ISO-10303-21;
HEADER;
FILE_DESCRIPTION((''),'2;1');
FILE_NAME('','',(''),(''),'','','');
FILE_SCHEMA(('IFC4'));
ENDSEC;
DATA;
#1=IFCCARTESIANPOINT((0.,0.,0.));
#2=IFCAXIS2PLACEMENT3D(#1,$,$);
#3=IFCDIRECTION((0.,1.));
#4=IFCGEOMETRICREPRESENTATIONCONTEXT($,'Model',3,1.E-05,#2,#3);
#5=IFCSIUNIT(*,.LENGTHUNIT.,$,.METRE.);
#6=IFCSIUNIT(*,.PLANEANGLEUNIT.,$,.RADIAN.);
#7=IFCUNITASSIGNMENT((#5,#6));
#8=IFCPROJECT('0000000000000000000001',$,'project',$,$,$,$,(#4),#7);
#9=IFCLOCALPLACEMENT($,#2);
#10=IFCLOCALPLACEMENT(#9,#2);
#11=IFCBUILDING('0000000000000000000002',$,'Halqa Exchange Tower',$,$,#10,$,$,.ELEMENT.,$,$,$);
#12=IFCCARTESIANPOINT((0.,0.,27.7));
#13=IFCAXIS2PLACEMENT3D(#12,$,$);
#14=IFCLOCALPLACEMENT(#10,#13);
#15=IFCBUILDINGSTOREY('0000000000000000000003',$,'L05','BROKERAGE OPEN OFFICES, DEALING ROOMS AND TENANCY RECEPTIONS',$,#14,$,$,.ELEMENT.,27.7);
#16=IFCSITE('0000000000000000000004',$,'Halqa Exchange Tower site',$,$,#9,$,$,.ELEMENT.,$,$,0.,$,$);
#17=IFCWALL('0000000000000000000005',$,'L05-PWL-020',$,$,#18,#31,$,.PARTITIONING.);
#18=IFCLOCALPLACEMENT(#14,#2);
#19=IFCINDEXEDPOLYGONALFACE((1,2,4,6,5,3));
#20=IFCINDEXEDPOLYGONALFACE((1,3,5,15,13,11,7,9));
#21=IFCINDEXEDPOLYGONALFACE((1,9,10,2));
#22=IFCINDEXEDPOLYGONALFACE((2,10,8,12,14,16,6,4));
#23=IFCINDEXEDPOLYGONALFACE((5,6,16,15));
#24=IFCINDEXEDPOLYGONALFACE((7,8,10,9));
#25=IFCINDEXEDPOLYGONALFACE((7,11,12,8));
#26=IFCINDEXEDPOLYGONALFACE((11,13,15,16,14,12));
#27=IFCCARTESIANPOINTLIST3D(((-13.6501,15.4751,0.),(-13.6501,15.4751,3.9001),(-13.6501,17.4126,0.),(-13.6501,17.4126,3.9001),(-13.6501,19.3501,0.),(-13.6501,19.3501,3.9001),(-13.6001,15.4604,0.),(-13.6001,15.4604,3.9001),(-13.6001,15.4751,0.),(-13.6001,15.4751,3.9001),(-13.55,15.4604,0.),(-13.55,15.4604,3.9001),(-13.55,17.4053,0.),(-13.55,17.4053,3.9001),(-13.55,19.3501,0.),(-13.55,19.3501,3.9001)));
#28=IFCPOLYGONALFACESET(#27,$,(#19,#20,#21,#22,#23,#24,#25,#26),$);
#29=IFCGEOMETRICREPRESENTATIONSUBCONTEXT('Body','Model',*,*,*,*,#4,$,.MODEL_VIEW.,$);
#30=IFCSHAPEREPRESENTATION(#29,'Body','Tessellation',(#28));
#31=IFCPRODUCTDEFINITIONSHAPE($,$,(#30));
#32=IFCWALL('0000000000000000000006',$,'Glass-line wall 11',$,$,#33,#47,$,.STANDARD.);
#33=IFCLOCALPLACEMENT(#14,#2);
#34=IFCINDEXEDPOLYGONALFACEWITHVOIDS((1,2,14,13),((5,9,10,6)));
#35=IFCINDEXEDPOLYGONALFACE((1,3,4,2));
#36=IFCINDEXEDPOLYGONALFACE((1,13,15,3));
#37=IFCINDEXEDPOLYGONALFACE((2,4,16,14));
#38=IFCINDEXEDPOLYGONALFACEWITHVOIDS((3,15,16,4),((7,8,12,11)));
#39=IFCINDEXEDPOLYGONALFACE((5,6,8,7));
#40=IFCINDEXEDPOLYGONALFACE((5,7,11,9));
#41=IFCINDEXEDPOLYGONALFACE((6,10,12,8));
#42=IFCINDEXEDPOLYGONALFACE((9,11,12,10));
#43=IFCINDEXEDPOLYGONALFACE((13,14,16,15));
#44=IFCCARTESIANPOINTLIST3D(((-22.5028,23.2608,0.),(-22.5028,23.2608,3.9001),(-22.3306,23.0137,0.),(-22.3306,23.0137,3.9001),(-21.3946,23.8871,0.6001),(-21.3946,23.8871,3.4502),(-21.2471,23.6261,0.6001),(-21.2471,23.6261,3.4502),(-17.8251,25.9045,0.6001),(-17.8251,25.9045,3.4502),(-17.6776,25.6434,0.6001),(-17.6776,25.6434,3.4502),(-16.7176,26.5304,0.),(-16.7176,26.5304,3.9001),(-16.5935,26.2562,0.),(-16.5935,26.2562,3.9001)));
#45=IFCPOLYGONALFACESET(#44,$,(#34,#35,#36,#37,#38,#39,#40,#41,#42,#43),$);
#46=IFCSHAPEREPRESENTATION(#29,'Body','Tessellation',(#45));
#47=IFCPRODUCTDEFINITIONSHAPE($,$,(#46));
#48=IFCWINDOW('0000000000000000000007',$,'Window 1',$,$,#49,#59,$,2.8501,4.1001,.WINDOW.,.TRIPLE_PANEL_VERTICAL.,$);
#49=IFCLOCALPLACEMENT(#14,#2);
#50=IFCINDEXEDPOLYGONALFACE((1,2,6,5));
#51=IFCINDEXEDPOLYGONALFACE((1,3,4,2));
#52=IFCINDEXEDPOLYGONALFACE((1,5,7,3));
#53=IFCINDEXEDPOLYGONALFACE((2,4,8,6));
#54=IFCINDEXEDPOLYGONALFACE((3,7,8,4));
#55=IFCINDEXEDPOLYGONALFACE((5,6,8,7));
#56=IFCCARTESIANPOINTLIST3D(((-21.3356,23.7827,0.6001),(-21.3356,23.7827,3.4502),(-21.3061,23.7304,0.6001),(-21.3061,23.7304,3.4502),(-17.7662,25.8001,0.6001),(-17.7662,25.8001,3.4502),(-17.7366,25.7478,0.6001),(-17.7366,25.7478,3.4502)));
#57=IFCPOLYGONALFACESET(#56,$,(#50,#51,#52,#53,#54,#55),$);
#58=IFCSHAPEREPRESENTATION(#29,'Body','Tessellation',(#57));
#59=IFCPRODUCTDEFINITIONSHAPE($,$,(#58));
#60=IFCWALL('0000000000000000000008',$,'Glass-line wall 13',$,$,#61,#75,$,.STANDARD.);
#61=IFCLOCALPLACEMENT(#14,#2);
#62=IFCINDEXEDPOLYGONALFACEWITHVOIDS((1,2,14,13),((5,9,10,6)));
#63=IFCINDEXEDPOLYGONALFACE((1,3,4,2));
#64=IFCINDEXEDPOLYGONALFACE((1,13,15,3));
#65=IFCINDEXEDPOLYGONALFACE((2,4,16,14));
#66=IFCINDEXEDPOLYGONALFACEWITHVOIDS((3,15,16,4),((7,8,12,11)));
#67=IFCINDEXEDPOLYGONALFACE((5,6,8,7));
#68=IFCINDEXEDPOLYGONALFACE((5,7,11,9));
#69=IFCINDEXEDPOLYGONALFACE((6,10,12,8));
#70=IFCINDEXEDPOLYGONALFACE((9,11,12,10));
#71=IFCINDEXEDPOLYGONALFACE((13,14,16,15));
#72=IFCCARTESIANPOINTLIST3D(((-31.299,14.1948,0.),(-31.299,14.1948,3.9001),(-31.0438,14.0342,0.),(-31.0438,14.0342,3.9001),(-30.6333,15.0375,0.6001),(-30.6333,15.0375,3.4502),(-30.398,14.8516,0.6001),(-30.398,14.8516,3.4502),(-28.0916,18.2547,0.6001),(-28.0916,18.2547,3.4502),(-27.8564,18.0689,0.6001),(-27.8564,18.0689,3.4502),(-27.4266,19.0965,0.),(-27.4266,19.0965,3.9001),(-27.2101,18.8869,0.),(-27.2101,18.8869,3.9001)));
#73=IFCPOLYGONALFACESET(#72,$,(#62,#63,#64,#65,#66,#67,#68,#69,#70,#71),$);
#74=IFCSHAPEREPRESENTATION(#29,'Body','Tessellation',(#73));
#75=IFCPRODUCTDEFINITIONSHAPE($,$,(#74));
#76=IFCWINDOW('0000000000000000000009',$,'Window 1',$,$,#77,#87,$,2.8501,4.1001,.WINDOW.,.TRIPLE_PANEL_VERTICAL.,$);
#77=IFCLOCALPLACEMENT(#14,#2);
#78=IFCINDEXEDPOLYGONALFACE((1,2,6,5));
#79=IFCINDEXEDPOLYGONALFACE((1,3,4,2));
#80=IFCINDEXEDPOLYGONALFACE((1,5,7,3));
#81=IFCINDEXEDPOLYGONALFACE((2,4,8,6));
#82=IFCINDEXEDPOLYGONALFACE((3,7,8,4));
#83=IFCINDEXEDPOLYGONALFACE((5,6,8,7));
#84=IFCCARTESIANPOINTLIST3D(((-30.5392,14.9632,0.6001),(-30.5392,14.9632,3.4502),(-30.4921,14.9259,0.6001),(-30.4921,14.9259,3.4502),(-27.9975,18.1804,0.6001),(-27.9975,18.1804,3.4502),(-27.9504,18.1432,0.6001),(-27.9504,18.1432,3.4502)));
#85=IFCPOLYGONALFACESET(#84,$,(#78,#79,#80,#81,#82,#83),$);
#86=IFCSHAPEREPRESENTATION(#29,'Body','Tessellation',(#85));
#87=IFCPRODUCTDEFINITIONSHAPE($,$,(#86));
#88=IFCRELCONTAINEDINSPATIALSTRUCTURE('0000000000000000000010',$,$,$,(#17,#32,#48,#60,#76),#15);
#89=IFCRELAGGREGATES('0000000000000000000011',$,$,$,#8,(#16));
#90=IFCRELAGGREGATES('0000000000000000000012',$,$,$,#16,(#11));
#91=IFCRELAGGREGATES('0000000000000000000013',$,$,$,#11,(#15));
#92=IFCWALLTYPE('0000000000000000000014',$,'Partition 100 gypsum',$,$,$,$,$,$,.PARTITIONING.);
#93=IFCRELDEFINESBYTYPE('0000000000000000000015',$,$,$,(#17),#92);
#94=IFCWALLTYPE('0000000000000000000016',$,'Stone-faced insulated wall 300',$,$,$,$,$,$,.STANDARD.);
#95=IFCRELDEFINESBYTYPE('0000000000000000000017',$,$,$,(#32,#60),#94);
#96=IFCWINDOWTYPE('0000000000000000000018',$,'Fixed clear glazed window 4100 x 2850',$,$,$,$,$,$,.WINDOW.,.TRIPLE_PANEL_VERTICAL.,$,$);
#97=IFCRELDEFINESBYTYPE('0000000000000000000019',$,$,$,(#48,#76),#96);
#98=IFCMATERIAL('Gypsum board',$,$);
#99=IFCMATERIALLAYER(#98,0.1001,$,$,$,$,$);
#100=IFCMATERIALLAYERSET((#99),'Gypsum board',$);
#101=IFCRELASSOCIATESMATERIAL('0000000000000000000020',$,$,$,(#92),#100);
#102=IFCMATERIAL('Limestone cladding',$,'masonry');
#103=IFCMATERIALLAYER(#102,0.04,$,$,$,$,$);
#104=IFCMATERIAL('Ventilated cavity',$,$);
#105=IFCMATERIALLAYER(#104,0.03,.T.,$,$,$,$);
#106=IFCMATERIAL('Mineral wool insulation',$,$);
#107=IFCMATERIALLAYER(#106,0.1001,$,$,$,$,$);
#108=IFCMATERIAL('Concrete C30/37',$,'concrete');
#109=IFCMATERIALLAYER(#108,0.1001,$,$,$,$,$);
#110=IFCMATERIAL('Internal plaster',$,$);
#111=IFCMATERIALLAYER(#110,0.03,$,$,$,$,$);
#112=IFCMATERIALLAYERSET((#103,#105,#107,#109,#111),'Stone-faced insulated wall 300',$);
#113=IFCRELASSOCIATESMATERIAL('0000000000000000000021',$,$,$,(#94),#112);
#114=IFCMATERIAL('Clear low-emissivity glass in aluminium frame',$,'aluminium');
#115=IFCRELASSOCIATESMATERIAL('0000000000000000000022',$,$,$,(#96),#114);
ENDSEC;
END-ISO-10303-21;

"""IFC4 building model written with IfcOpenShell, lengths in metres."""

from ifc_helpers import new_model, si_unit, direction, frame, frame_2d, origin, place, context, subcontext, project, spatial, polyline, rectangle, outline, extrude, material, layer, layer_set, type_object, element, fill, save


model = new_model("IFC4")

# Units and contexts
model_context = context("Model", 3, precision=1e-05, world=origin(), true_north=direction((0.0, 1.0)))
body_context = subcontext(model_context, "Body", "Model", "MODEL_VIEW")
ifc_project = project(units=[si_unit("LENGTHUNIT", "METRE"), si_unit("PLANEANGLEUNIT", "RADIAN")], contexts=[model_context])

# Site, building, storey
site_placement = place(None, origin())
site = spatial("IfcSite", under=ifc_project, at=site_placement, Name="Halqa Exchange Tower site", CompositionType="ELEMENT", RefElevation=0.0)
building_placement = place(site_placement, origin())
building = spatial("IfcBuilding", under=site, at=building_placement, Name="Halqa Exchange Tower", CompositionType="ELEMENT")
storey_placement = place(building_placement, frame((0.0, 0.0, 27.7)))
storey = spatial("IfcBuildingStorey", under=building, at=storey_placement, Name="L05", Description="BROKERAGE OPEN OFFICES, DEALING ROOMS AND TENANCY RECEPTIONS", CompositionType="ELEMENT", Elevation=27.7)

# Wall
ifc_material_1 = material(Name="Gypsum board")
ifc_layer_1 = layer(ifc_material_1, 0.1001)
ifc_layer_set_1 = layer_set([ifc_layer_1], Name="Gypsum board")
wall_type_1 = type_object("IfcWallType", Name="Partition 100 gypsum", PredefinedType="PARTITIONING", material=ifc_layer_set_1)
wall_1_placement = place(storey_placement, frame((-13.6001, 19.3501, 0.0), z_axis=(0.0, 0.0, 1.0), x_axis=(0.0, -1.0, 0.0)))
element("IfcWall", 1, at=wall_1_placement, inside=storey, type_object=wall_type_1, Name="L05-PWL-020", PredefinedType="PARTITIONING", context=body_context, shape_type="SweptSolid", body=[
    extrude(outline(polyline([(0.0, -0.05), (1.9375, -0.05), (3.875, -0.05), (3.875, 0.0), (3.8896, 0.0), (3.8896, 0.05), (1.9448, 0.05), (0.0, 0.05), (0.0, -0.05)])), origin(), (0.0, 0.0, 1.0), 3.9001),
])

# Wall, opening, window
ifc_material_2 = material(Name="Limestone cladding", Category="masonry")
ifc_layer_2 = layer(ifc_material_2, 0.04)
ifc_material_3 = material(Name="Ventilated cavity")
ifc_layer_3 = layer(ifc_material_3, 0.03, ventilated=True)
ifc_material_4 = material(Name="Mineral wool insulation")
ifc_layer_4 = layer(ifc_material_4, 0.1001)
ifc_material_5 = material(Name="Concrete C30/37", Category="concrete")
ifc_layer_5 = layer(ifc_material_5, 0.1001)
ifc_material_6 = material(Name="Internal plaster")
ifc_layer_6 = layer(ifc_material_6, 0.03)
ifc_layer_set_2 = layer_set([ifc_layer_2, ifc_layer_3, ifc_layer_4, ifc_layer_5, ifc_layer_6], Name="Stone-faced insulated wall 300")
wall_type_2 = type_object("IfcWallType", Name="Stone-faced insulated wall 300", PredefinedType="STANDARD", material=ifc_layer_set_2)
wall_2_placement = place(storey_placement, frame((-16.6555, 26.3933, 0.0), z_axis=(0.0, 0.0, 1.0), x_axis=(-0.870579, -0.492029, 0.0)))
wall_2 = element("IfcWall", 2, at=wall_2_placement, inside=storey, type_object=wall_type_2, Name="Glass-line wall 11", PredefinedType="STANDARD", context=body_context, shape_type="SweptSolid", body=[
    extrude(outline(polyline([(-0.0134, -0.1499), (6.6318, -0.1499), (6.6035, 0.1499), (0.0134, 0.1499), (-0.0134, -0.1499)])), origin(), (0.0, 0.0, 1.0), 3.9001),
])
opening_1_placement = place(wall_2_placement, frame((1.2588, 0.0, 0.6001)))
opening_1 = element("IfcOpeningElement", 3, at=opening_1_placement, cuts=wall_2, PredefinedType="OPENING", context=body_context, shape_type="SweptSolid", body=[
    extrude(rectangle(XDim=4.1001, YDim=2.8501, at=frame_2d((2.05, 1.425))), frame((0.0, 0.1621, 0.0), z_axis=(0.0, -1.0, 0.0), x_axis=(1.0, 0.0, 0.0)), (0.0, 0.0, 1.0), 0.324),
])
ifc_material_7 = material(Name="Clear low-emissivity glass in aluminium frame", Category="aluminium")
window_type = type_object("IfcWindowType", Name="Fixed clear glazed window 4100 x 2850", PartitioningType="TRIPLE_PANEL_VERTICAL", PredefinedType="WINDOW", material=ifc_material_7)
window_1_placement = place(opening_1_placement, origin())
window_1 = element("IfcWindow", 4, at=window_1_placement, inside=storey, type_object=window_type, Name="Window 1", OverallHeight=2.8501, OverallWidth=4.1001, PartitioningType="TRIPLE_PANEL_VERTICAL", PredefinedType="WINDOW", context=body_context, shape_type="SweptSolid", body=[
    extrude(rectangle(XDim=4.1001, YDim=2.8501, at=frame_2d((2.05, 1.425))), frame((0.0, 0.03, 0.0), z_axis=(0.0, -1.0, 0.0), x_axis=(1.0, 0.0, 0.0)), (0.0, 0.0, 1.0), 0.0601),
])
fill(opening_1, window_1)

# Wall, opening, window
wall_3_placement = place(storey_placement, frame((-27.3184, 18.9917, 0.0), z_axis=(0.0, 0.0, 1.0), x_axis=(-0.619903, -0.784679, 0.0)))
wall_3 = element("IfcWall", 5, at=wall_3_placement, inside=storey, type_object=wall_type_2, Name="Glass-line wall 13", PredefinedType="STANDARD", context=body_context, shape_type="SweptSolid", body=[
    extrude(outline(polyline([(-0.0151, -0.1499), (6.2317, -0.1499), (6.1995, 0.1499), (0.0151, 0.1499), (-0.0151, -0.1499)])), origin(), (0.0, 0.0, 1.0), 3.9001),
])
opening_2_placement = place(wall_3_placement, frame((1.0576, 0.0, 0.6001)))
opening_2 = element("IfcOpeningElement", 6, at=opening_2_placement, cuts=wall_3, PredefinedType="OPENING", context=body_context, shape_type="SweptSolid", body=[
    extrude(rectangle(XDim=4.1001, YDim=2.8501, at=frame_2d((2.05, 1.425))), frame((0.0, 0.1621, 0.0), z_axis=(0.0, -1.0, 0.0), x_axis=(1.0, 0.0, 0.0)), (0.0, 0.0, 1.0), 0.324),
])
window_2_placement = place(opening_2_placement, origin())
window_2 = element("IfcWindow", 7, at=window_2_placement, inside=storey, type_object=window_type, Name="Window 1", OverallHeight=2.8501, OverallWidth=4.1001, PartitioningType="TRIPLE_PANEL_VERTICAL", PredefinedType="WINDOW", context=body_context, shape_type="SweptSolid", body=[
    extrude(rectangle(XDim=4.1001, YDim=2.8501, at=frame_2d((2.05, 1.425))), frame((0.0, 0.03, 0.0), z_axis=(0.0, -1.0, 0.0), x_axis=(1.0, 0.0, 0.0)), (0.0, 0.0, 1.0), 0.0601),
])
fill(opening_2, window_2)

save(model, "model.ifc")
